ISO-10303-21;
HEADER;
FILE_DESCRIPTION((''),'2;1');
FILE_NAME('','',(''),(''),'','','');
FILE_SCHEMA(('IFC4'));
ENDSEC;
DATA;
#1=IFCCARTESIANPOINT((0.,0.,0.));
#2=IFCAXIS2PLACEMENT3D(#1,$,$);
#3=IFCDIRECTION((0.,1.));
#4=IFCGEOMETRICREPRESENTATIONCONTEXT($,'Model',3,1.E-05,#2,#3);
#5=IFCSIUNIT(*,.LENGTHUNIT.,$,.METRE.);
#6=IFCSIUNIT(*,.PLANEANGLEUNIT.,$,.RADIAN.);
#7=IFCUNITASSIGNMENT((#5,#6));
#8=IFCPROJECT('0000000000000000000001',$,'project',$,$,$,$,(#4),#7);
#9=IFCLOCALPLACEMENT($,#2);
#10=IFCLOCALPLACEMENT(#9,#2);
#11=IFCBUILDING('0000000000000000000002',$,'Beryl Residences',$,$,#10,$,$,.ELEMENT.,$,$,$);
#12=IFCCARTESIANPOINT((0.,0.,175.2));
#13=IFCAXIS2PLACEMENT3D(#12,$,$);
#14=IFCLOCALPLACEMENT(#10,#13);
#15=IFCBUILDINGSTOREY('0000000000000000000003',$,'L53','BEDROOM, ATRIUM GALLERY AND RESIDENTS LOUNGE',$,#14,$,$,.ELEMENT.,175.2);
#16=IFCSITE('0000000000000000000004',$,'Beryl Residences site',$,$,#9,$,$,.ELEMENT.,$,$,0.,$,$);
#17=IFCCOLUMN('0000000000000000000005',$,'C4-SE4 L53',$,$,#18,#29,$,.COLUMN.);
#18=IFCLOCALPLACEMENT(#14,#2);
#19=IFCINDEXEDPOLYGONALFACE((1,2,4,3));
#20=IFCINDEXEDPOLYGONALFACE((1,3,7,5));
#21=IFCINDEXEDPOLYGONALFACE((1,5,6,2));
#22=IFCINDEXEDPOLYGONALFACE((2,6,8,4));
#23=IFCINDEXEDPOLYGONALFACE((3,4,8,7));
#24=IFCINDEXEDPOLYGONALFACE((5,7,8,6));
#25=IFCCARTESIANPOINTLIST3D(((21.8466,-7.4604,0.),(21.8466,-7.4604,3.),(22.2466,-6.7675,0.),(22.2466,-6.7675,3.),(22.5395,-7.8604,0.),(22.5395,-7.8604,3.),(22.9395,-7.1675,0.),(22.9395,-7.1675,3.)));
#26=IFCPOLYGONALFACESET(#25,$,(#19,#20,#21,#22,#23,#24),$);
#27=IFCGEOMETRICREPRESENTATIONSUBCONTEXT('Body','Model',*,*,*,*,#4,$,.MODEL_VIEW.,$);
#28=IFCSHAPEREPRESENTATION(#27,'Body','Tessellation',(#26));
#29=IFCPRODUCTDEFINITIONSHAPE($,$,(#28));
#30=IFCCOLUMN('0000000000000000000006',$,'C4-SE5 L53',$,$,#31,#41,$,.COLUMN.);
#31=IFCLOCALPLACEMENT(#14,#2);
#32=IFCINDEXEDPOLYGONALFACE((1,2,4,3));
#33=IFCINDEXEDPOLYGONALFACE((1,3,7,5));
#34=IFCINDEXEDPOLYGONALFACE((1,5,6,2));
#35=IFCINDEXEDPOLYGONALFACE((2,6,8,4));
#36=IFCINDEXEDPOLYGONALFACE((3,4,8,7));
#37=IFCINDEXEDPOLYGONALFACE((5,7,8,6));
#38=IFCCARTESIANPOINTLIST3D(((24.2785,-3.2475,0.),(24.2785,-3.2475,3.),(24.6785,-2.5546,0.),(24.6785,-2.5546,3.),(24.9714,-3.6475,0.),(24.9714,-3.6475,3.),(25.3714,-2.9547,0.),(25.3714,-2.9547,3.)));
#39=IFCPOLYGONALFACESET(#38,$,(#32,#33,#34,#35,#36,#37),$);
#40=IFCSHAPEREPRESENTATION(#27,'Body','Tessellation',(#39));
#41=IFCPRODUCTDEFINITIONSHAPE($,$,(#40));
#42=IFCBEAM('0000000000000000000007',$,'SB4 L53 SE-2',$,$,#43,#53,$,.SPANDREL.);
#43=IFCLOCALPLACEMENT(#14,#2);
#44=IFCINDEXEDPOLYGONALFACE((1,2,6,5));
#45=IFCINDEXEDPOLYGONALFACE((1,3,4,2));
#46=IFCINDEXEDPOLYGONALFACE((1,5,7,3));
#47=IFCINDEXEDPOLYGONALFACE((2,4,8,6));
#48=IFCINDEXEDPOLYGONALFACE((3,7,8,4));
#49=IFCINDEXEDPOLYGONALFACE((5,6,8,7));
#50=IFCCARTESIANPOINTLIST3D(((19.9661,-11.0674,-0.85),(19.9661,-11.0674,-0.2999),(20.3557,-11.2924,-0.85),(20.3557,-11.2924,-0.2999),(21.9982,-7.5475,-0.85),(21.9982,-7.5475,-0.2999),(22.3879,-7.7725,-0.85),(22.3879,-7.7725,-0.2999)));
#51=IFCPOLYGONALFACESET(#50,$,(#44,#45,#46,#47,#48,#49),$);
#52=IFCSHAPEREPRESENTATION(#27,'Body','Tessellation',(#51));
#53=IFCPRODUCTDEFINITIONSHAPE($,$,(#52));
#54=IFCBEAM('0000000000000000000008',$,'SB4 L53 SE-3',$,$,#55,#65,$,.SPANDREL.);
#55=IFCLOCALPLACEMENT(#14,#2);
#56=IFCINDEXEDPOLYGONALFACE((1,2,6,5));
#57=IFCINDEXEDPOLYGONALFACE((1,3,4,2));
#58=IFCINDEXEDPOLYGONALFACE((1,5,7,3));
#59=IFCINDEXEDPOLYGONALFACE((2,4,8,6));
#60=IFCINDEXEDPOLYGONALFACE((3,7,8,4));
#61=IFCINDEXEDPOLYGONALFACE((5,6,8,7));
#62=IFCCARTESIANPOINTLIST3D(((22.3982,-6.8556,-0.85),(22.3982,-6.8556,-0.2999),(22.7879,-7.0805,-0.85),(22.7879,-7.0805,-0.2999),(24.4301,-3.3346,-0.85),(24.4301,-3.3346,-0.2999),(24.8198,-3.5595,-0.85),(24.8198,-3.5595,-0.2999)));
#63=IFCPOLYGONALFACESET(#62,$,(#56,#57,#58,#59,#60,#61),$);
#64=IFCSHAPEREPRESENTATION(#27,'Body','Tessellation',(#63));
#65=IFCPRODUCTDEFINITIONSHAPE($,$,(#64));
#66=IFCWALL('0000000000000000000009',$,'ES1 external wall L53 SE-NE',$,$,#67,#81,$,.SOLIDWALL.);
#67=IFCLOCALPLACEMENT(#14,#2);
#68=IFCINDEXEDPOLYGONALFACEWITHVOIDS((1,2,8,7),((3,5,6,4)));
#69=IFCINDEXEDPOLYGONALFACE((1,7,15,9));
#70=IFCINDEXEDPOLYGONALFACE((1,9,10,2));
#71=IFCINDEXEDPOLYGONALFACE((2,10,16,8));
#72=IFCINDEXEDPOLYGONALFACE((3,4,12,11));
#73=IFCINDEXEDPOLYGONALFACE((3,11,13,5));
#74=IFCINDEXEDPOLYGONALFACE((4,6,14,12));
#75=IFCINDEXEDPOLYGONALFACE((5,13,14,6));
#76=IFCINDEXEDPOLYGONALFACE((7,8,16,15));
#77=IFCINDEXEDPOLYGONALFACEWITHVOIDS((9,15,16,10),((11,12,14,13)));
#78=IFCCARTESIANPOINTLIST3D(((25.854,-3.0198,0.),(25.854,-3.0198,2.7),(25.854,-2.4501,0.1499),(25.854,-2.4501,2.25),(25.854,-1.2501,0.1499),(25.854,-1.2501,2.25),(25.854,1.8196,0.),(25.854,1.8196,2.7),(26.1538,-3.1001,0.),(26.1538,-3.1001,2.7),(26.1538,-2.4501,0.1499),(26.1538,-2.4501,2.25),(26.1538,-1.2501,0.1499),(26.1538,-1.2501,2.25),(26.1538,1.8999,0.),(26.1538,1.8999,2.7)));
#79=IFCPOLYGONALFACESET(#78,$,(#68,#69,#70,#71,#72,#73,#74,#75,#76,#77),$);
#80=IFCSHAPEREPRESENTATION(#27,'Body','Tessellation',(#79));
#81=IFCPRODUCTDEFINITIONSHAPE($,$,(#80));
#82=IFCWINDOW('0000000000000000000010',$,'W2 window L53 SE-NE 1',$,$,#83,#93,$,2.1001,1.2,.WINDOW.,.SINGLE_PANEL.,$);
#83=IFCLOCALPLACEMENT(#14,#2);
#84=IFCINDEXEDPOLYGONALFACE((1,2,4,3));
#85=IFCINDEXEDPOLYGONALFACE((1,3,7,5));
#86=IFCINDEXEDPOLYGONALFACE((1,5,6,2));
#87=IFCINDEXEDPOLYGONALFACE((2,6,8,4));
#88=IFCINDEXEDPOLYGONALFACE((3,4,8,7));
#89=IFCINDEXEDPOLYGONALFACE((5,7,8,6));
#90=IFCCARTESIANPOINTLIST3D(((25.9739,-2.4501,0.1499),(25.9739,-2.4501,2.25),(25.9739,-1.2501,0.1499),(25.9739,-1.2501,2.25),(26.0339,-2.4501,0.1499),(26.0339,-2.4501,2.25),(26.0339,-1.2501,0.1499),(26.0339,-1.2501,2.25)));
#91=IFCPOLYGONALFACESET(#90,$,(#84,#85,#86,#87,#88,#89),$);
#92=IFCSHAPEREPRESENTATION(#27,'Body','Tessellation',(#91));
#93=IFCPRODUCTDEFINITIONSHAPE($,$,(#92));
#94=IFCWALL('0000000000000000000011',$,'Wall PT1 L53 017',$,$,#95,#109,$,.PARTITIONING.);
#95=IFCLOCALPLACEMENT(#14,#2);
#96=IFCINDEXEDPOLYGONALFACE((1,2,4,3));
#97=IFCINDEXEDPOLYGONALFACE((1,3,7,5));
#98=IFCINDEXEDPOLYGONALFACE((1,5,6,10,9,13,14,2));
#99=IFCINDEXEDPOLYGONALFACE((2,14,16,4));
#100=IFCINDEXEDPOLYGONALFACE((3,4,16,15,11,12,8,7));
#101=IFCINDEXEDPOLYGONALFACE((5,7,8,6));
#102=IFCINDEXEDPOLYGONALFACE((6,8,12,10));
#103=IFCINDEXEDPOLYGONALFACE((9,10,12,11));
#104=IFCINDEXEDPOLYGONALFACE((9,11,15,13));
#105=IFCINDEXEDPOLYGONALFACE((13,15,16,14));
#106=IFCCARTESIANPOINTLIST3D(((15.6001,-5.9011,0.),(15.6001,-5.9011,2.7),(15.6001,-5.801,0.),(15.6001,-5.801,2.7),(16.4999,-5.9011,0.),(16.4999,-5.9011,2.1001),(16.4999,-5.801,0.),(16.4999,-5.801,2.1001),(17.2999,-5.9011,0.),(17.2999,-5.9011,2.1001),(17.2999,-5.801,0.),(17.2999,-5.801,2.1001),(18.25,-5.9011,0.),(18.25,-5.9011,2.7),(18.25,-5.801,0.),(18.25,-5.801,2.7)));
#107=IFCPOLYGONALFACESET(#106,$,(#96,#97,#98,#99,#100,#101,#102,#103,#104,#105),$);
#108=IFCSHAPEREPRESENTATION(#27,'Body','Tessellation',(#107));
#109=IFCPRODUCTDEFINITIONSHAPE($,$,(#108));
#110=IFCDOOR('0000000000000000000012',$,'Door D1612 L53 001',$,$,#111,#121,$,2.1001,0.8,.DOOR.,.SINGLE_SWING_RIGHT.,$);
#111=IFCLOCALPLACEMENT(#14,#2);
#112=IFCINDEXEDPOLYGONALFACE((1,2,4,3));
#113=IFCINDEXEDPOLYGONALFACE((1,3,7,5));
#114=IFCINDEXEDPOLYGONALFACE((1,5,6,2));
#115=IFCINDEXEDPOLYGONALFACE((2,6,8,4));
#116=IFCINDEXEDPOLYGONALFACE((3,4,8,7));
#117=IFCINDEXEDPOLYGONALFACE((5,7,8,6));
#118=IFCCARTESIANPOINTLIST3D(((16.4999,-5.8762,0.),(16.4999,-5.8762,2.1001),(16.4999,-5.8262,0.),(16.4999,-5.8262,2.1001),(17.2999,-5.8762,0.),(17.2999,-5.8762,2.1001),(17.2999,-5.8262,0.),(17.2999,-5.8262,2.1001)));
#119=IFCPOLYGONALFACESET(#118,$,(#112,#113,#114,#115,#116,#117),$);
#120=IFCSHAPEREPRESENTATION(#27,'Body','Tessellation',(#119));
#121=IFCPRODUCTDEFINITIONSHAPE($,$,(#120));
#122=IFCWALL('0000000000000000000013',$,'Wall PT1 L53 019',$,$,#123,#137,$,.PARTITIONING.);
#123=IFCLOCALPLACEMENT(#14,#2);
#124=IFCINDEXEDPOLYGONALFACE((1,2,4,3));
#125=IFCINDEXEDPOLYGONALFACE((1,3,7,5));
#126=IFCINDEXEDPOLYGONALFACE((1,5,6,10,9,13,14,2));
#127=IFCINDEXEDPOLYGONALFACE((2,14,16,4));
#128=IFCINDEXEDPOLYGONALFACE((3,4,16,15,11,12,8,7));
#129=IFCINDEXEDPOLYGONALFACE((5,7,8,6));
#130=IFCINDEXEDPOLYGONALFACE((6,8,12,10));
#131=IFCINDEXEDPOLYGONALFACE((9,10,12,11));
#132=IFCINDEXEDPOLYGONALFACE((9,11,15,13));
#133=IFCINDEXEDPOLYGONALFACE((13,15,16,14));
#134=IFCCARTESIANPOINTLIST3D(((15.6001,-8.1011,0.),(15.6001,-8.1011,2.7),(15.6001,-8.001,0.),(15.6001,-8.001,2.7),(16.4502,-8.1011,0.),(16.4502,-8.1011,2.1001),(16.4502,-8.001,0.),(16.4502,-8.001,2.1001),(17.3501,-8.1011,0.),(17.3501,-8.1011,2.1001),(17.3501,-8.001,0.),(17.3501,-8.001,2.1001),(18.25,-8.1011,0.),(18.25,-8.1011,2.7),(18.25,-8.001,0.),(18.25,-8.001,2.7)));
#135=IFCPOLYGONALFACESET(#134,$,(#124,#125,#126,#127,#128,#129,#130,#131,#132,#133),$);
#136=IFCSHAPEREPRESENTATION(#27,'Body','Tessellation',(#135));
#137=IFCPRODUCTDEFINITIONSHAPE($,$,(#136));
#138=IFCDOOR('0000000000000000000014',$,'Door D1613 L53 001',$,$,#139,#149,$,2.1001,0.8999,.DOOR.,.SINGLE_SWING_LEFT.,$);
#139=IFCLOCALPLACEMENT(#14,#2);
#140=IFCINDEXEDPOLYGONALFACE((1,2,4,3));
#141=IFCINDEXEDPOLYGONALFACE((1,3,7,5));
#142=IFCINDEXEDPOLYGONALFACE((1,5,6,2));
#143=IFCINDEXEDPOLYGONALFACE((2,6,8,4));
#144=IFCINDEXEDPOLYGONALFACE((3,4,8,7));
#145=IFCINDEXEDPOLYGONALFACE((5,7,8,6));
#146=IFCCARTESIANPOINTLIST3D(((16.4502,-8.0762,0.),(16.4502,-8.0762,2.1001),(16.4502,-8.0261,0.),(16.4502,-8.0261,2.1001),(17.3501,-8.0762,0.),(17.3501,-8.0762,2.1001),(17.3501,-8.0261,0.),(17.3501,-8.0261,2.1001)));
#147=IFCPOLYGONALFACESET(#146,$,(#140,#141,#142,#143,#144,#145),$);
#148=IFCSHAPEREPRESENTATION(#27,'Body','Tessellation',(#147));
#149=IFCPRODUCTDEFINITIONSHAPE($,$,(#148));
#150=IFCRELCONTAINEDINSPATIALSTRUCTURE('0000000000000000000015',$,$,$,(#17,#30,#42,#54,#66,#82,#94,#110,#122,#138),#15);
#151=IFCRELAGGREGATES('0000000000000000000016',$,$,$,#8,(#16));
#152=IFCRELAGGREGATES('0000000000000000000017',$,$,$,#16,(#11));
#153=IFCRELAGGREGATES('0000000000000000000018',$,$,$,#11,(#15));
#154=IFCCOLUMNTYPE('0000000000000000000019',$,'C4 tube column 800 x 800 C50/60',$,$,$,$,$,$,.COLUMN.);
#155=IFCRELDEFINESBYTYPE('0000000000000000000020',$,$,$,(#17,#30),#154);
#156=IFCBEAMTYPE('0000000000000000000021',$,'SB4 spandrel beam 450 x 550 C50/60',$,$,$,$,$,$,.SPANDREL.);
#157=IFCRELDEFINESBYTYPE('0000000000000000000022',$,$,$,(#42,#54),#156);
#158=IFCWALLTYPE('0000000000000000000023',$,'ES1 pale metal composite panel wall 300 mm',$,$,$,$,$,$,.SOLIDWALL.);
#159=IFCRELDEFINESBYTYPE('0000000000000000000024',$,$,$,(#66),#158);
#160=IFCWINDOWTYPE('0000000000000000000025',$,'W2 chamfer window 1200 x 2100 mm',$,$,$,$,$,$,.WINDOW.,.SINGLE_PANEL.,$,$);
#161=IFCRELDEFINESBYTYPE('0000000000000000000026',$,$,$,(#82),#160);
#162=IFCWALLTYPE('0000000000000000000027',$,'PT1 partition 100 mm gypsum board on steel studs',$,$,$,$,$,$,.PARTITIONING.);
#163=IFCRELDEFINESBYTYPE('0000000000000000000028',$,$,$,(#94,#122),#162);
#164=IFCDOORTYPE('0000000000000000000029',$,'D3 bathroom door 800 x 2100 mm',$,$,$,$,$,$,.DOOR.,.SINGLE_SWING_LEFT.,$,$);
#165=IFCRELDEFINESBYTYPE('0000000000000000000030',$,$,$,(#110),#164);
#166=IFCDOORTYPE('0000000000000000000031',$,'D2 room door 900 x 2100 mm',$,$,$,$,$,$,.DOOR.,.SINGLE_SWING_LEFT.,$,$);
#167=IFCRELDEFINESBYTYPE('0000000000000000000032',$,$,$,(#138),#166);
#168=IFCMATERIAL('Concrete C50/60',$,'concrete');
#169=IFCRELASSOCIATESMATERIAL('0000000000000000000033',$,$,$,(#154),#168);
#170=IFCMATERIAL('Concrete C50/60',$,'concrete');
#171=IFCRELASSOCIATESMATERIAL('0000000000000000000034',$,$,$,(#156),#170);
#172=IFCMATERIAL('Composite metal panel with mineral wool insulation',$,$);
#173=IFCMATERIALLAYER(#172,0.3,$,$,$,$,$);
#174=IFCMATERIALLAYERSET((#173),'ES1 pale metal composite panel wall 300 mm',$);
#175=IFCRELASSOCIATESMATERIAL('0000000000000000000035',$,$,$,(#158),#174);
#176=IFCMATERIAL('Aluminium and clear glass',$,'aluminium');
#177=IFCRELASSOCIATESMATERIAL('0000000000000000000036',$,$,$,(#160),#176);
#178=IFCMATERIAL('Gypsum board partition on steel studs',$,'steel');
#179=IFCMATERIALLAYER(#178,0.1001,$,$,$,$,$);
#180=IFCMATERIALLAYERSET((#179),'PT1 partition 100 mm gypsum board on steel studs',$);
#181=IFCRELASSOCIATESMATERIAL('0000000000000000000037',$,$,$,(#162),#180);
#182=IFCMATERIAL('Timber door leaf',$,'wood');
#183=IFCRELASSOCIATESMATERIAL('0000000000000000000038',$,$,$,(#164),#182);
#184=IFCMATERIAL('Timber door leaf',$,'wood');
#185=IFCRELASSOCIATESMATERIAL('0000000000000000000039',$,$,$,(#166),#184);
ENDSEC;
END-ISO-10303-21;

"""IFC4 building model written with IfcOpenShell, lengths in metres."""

from ifc_helpers import new_model, si_unit, direction, frame, frame_2d, origin, origin_2d, place, context, subcontext, project, spatial, polyline, rectangle, outline, extrude, material, layer, layer_set, material_profile, profile_set, type_object, element, fill, save


model = new_model("IFC4")

# Units and contexts
model_context = context("Model", 3, precision=1e-05, world=origin(), true_north=direction((0.0, 1.0)))
body_context = subcontext(model_context, "Body", "Model", "MODEL_VIEW")
ifc_project = project(units=[si_unit("LENGTHUNIT", "METRE"), si_unit("PLANEANGLEUNIT", "RADIAN")], contexts=[model_context])

# Site, building, storey
site_placement = place(None, origin())
site = spatial("IfcSite", under=ifc_project, at=site_placement, Name="Beryl Residences site", CompositionType="ELEMENT", RefElevation=0.0)
building_placement = place(site_placement, origin())
building = spatial("IfcBuilding", under=site, at=building_placement, Name="Beryl Residences", CompositionType="ELEMENT")
storey_placement = place(building_placement, frame((0.0, 0.0, 175.2)))
storey = spatial("IfcBuildingStorey", under=building, at=storey_placement, Name="L53", Description="BEDROOM, ATRIUM GALLERY AND RESIDENTS LOUNGE", CompositionType="ELEMENT", Elevation=175.2)

# Columns
ifc_material_1 = material(Name="Concrete C50/60", Category="concrete")
ifc_material_profile_1 = material_profile(ifc_material_1, rectangle(XDim=0.8, YDim=0.8, at=origin_2d()))
ifc_profile_set_1 = profile_set([ifc_material_profile_1], Name="Concrete C50/60")
column_type = type_object("IfcColumnType", Name="C4 tube column 800 x 800 C50/60", PredefinedType="COLUMN", material=ifc_profile_set_1)
for number, where, z_axis, x_axis, name in (
    (1, (22.3931, -7.314, 0.0), (0.0, 0.0, 1.0), (0.5, 0.866025, 0.0), "C4-SE4 L53"),
    (2, (24.825, -3.1011, 0.0), (0.0, 0.0, 1.0), (0.5, 0.866025, 0.0), "C4-SE5 L53"),
):
    element("IfcColumn", number, at=place(storey_placement, frame(where, z_axis=z_axis, x_axis=x_axis)), inside=storey, type_object=column_type, Name=name, PredefinedType="COLUMN", context=body_context, shape_type="SweptSolid", body=[
        extrude(rectangle(XDim=0.8, YDim=0.8, at=origin_2d()), origin(), (0.0, 0.0, 1.0), 3.0),
    ])

# Beams
ifc_material_2 = material(Name="Concrete C50/60", Category="concrete")
ifc_material_profile_2 = material_profile(ifc_material_2, rectangle(XDim=0.45, YDim=0.55, at=origin_2d()))
ifc_profile_set_2 = profile_set([ifc_material_profile_2], Name="Concrete C50/60")
beam_type = type_object("IfcBeamType", Name="SB4 spandrel beam 450 x 550 C50/60", PredefinedType="SPANDREL", material=ifc_profile_set_2)
beam_1_placement = place(storey_placement, frame((20.1609, -11.1799, -0.575), z_axis=(0.499989, 0.866032, 0.0), x_axis=(-0.866032, 0.499989, 0.0)))
element("IfcBeam", 3, at=beam_1_placement, inside=storey, type_object=beam_type, Name="SB4 L53 SE-2", PredefinedType="SPANDREL", context=body_context, shape_type="SweptSolid", body=[
    extrude(rectangle(XDim=0.45, YDim=0.55, at=origin_2d()), origin(), (0.0, 0.0, 1.0), 4.0645),
])
beam_2_placement = place(storey_placement, frame((22.593, -6.968, -0.575), z_axis=(0.49984, 0.866118, 0.0), x_axis=(-0.866118, 0.49984, 0.0)))
element("IfcBeam", 4, at=beam_2_placement, inside=storey, type_object=beam_type, Name="SB4 L53 SE-3", PredefinedType="SPANDREL", context=body_context, shape_type="SweptSolid", body=[
    extrude(rectangle(XDim=0.45, YDim=0.55, at=origin_2d()), origin(), (0.0, 0.0, 1.0), 4.0652),
])

# Wall, opening, window
ifc_material_3 = material(Name="Composite metal panel with mineral wool insulation")
ifc_layer_1 = layer(ifc_material_3, 0.3)
ifc_layer_set_1 = layer_set([ifc_layer_1], Name="ES1 pale metal composite panel wall 300 mm")
wall_type_1 = type_object("IfcWallType", Name="ES1 pale metal composite panel wall 300 mm", PredefinedType="SOLIDWALL", material=ifc_layer_set_1)
wall_1_placement = place(storey_placement, frame((26.0039, -3.1001, 0.0), z_axis=(0.0, 0.0, 1.0), x_axis=(0.0, 1.0, 0.0)))
wall_1 = element("IfcWall", 5, at=wall_1_placement, inside=storey, type_object=wall_type_1, Name="ES1 external wall L53 SE-NE", PredefinedType="SOLIDWALL", context=body_context, shape_type="SweptSolid", body=[
    extrude(outline(polyline([(0.0, -0.1499), (5.0, -0.1499), (4.9197, 0.1499), (0.0803, 0.1499), (0.0, -0.1499)])), origin(), (0.0, 0.0, 1.0), 2.7),
])
opening_1_placement = place(wall_1_placement, frame((0.6499, 0.0, 0.1499)))
opening_1 = element("IfcOpeningElement", 6, at=opening_1_placement, cuts=wall_1, PredefinedType="OPENING", context=body_context, shape_type="SweptSolid", body=[
    extrude(rectangle(XDim=1.2, YDim=2.1001, at=frame_2d((0.6001, 1.05))), frame((0.0, 0.1599, 0.0), z_axis=(0.0, -1.0, 0.0), x_axis=(1.0, 0.0, 0.0)), (0.0, 0.0, 1.0), 0.3201),
])
ifc_material_4 = material(Name="Aluminium and clear glass", Category="aluminium")
window_type = type_object("IfcWindowType", Name="W2 chamfer window 1200 x 2100 mm", PartitioningType="SINGLE_PANEL", PredefinedType="WINDOW", material=ifc_material_4)
window_placement = place(opening_1_placement, origin())
window = element("IfcWindow", 7, at=window_placement, inside=storey, type_object=window_type, Name="W2 window L53 SE-NE 1", OverallHeight=2.1001, OverallWidth=1.2, PartitioningType="SINGLE_PANEL", PredefinedType="WINDOW", context=body_context, shape_type="SweptSolid", body=[
    extrude(rectangle(XDim=1.2, YDim=2.1001, at=frame_2d((0.6001, 1.05))), frame((0.0, 0.03, 0.0), z_axis=(0.0, -1.0, 0.0), x_axis=(1.0, 0.0, 0.0)), (0.0, 0.0, 1.0), 0.0601),
])
fill(opening_1, window)

# Walls, openings, doors
ifc_material_5 = material(Name="Gypsum board partition on steel studs", Category="steel")
ifc_layer_2 = layer(ifc_material_5, 0.1001)
ifc_layer_set_2 = layer_set([ifc_layer_2], Name="PT1 partition 100 mm gypsum board on steel studs")
wall_type_2 = type_object("IfcWallType", Name="PT1 partition 100 mm gypsum board on steel studs", PredefinedType="PARTITIONING", material=ifc_layer_set_2)
wall_2_placement = place(storey_placement, frame((15.6001, -5.8511, 0.0), z_axis=(0.0, 0.0, 1.0), x_axis=(1.0, 0.0, 0.0)))
wall_2 = element("IfcWall", 8, at=wall_2_placement, inside=storey, type_object=wall_type_2, Name="Wall PT1 L53 017", PredefinedType="PARTITIONING", context=body_context, shape_type="SweptSolid", body=[
    extrude(rectangle(XDim=2.6499, YDim=0.1001, at=frame_2d((1.325, 0.0))), origin(), (0.0, 0.0, 1.0), 2.7),
])
opening_2_placement = place(wall_2_placement, frame((0.8999, 0.0, 0.0)))
opening_2 = element("IfcOpeningElement", 9, at=opening_2_placement, cuts=wall_2, PredefinedType="OPENING", context=body_context, shape_type="SweptSolid", body=[
    extrude(rectangle(XDim=0.8, YDim=2.1001, at=frame_2d((0.3999, 1.05))), frame((0.0, 0.0601, 0.0), z_axis=(0.0, -1.0, 0.0), x_axis=(1.0, 0.0, 0.0)), (0.0, 0.0, 1.0), 0.1201),
])
ifc_material_6 = material(Name="Timber door leaf", Category="wood")
door_type_1 = type_object("IfcDoorType", Name="D3 bathroom door 800 x 2100 mm", OperationType="SINGLE_SWING_LEFT", PredefinedType="DOOR", material=ifc_material_6)
door_1_placement = place(opening_2_placement, origin())
door_1 = element("IfcDoor", 10, at=door_1_placement, inside=storey, type_object=door_type_1, Name="Door D1612 L53 001", OperationType="SINGLE_SWING_RIGHT", OverallHeight=2.1001, OverallWidth=0.8, PredefinedType="DOOR", context=body_context, shape_type="SweptSolid", body=[
    extrude(rectangle(XDim=0.8, YDim=2.1001, at=frame_2d((0.3999, 1.05))), frame((0.0, 0.0249, 0.0), z_axis=(0.0, -1.0, 0.0), x_axis=(1.0, 0.0, 0.0)), (0.0, 0.0, 1.0), 0.05),
])
fill(opening_2, door_1)
wall_3_placement = place(storey_placement, frame((15.6001, -8.051, 0.0), z_axis=(0.0, 0.0, 1.0), x_axis=(1.0, 0.0, 0.0)))
wall_3 = element("IfcWall", 11, at=wall_3_placement, inside=storey, type_object=wall_type_2, Name="Wall PT1 L53 019", PredefinedType="PARTITIONING", context=body_context, shape_type="SweptSolid", body=[
    extrude(rectangle(XDim=2.6499, YDim=0.1001, at=frame_2d((1.325, 0.0))), origin(), (0.0, 0.0, 1.0), 2.7),
])
opening_3_placement = place(wall_3_placement, frame((0.8501, 0.0, 0.0)))
opening_3 = element("IfcOpeningElement", 12, at=opening_3_placement, cuts=wall_3, PredefinedType="OPENING", context=body_context, shape_type="SweptSolid", body=[
    extrude(rectangle(XDim=0.8999, YDim=2.1001, at=frame_2d((0.45, 1.05))), frame((0.0, 0.0601, 0.0), z_axis=(0.0, -1.0, 0.0), x_axis=(1.0, 0.0, 0.0)), (0.0, 0.0, 1.0), 0.1201),
])
ifc_material_7 = material(Name="Timber door leaf", Category="wood")
door_type_2 = type_object("IfcDoorType", Name="D2 room door 900 x 2100 mm", OperationType="SINGLE_SWING_LEFT", PredefinedType="DOOR", material=ifc_material_7)
door_2_placement = place(opening_3_placement, origin())
door_2 = element("IfcDoor", 13, at=door_2_placement, inside=storey, type_object=door_type_2, Name="Door D1613 L53 001", OperationType="SINGLE_SWING_LEFT", OverallHeight=2.1001, OverallWidth=0.8999, PredefinedType="DOOR", context=body_context, shape_type="SweptSolid", body=[
    extrude(rectangle(XDim=0.8999, YDim=2.1001, at=frame_2d((0.45, 1.05))), frame((0.0, 0.0249, 0.0), z_axis=(0.0, -1.0, 0.0), x_axis=(1.0, 0.0, 0.0)), (0.0, 0.0, 1.0), 0.05),
])
fill(opening_3, door_2)

save(model, "model.ifc")
